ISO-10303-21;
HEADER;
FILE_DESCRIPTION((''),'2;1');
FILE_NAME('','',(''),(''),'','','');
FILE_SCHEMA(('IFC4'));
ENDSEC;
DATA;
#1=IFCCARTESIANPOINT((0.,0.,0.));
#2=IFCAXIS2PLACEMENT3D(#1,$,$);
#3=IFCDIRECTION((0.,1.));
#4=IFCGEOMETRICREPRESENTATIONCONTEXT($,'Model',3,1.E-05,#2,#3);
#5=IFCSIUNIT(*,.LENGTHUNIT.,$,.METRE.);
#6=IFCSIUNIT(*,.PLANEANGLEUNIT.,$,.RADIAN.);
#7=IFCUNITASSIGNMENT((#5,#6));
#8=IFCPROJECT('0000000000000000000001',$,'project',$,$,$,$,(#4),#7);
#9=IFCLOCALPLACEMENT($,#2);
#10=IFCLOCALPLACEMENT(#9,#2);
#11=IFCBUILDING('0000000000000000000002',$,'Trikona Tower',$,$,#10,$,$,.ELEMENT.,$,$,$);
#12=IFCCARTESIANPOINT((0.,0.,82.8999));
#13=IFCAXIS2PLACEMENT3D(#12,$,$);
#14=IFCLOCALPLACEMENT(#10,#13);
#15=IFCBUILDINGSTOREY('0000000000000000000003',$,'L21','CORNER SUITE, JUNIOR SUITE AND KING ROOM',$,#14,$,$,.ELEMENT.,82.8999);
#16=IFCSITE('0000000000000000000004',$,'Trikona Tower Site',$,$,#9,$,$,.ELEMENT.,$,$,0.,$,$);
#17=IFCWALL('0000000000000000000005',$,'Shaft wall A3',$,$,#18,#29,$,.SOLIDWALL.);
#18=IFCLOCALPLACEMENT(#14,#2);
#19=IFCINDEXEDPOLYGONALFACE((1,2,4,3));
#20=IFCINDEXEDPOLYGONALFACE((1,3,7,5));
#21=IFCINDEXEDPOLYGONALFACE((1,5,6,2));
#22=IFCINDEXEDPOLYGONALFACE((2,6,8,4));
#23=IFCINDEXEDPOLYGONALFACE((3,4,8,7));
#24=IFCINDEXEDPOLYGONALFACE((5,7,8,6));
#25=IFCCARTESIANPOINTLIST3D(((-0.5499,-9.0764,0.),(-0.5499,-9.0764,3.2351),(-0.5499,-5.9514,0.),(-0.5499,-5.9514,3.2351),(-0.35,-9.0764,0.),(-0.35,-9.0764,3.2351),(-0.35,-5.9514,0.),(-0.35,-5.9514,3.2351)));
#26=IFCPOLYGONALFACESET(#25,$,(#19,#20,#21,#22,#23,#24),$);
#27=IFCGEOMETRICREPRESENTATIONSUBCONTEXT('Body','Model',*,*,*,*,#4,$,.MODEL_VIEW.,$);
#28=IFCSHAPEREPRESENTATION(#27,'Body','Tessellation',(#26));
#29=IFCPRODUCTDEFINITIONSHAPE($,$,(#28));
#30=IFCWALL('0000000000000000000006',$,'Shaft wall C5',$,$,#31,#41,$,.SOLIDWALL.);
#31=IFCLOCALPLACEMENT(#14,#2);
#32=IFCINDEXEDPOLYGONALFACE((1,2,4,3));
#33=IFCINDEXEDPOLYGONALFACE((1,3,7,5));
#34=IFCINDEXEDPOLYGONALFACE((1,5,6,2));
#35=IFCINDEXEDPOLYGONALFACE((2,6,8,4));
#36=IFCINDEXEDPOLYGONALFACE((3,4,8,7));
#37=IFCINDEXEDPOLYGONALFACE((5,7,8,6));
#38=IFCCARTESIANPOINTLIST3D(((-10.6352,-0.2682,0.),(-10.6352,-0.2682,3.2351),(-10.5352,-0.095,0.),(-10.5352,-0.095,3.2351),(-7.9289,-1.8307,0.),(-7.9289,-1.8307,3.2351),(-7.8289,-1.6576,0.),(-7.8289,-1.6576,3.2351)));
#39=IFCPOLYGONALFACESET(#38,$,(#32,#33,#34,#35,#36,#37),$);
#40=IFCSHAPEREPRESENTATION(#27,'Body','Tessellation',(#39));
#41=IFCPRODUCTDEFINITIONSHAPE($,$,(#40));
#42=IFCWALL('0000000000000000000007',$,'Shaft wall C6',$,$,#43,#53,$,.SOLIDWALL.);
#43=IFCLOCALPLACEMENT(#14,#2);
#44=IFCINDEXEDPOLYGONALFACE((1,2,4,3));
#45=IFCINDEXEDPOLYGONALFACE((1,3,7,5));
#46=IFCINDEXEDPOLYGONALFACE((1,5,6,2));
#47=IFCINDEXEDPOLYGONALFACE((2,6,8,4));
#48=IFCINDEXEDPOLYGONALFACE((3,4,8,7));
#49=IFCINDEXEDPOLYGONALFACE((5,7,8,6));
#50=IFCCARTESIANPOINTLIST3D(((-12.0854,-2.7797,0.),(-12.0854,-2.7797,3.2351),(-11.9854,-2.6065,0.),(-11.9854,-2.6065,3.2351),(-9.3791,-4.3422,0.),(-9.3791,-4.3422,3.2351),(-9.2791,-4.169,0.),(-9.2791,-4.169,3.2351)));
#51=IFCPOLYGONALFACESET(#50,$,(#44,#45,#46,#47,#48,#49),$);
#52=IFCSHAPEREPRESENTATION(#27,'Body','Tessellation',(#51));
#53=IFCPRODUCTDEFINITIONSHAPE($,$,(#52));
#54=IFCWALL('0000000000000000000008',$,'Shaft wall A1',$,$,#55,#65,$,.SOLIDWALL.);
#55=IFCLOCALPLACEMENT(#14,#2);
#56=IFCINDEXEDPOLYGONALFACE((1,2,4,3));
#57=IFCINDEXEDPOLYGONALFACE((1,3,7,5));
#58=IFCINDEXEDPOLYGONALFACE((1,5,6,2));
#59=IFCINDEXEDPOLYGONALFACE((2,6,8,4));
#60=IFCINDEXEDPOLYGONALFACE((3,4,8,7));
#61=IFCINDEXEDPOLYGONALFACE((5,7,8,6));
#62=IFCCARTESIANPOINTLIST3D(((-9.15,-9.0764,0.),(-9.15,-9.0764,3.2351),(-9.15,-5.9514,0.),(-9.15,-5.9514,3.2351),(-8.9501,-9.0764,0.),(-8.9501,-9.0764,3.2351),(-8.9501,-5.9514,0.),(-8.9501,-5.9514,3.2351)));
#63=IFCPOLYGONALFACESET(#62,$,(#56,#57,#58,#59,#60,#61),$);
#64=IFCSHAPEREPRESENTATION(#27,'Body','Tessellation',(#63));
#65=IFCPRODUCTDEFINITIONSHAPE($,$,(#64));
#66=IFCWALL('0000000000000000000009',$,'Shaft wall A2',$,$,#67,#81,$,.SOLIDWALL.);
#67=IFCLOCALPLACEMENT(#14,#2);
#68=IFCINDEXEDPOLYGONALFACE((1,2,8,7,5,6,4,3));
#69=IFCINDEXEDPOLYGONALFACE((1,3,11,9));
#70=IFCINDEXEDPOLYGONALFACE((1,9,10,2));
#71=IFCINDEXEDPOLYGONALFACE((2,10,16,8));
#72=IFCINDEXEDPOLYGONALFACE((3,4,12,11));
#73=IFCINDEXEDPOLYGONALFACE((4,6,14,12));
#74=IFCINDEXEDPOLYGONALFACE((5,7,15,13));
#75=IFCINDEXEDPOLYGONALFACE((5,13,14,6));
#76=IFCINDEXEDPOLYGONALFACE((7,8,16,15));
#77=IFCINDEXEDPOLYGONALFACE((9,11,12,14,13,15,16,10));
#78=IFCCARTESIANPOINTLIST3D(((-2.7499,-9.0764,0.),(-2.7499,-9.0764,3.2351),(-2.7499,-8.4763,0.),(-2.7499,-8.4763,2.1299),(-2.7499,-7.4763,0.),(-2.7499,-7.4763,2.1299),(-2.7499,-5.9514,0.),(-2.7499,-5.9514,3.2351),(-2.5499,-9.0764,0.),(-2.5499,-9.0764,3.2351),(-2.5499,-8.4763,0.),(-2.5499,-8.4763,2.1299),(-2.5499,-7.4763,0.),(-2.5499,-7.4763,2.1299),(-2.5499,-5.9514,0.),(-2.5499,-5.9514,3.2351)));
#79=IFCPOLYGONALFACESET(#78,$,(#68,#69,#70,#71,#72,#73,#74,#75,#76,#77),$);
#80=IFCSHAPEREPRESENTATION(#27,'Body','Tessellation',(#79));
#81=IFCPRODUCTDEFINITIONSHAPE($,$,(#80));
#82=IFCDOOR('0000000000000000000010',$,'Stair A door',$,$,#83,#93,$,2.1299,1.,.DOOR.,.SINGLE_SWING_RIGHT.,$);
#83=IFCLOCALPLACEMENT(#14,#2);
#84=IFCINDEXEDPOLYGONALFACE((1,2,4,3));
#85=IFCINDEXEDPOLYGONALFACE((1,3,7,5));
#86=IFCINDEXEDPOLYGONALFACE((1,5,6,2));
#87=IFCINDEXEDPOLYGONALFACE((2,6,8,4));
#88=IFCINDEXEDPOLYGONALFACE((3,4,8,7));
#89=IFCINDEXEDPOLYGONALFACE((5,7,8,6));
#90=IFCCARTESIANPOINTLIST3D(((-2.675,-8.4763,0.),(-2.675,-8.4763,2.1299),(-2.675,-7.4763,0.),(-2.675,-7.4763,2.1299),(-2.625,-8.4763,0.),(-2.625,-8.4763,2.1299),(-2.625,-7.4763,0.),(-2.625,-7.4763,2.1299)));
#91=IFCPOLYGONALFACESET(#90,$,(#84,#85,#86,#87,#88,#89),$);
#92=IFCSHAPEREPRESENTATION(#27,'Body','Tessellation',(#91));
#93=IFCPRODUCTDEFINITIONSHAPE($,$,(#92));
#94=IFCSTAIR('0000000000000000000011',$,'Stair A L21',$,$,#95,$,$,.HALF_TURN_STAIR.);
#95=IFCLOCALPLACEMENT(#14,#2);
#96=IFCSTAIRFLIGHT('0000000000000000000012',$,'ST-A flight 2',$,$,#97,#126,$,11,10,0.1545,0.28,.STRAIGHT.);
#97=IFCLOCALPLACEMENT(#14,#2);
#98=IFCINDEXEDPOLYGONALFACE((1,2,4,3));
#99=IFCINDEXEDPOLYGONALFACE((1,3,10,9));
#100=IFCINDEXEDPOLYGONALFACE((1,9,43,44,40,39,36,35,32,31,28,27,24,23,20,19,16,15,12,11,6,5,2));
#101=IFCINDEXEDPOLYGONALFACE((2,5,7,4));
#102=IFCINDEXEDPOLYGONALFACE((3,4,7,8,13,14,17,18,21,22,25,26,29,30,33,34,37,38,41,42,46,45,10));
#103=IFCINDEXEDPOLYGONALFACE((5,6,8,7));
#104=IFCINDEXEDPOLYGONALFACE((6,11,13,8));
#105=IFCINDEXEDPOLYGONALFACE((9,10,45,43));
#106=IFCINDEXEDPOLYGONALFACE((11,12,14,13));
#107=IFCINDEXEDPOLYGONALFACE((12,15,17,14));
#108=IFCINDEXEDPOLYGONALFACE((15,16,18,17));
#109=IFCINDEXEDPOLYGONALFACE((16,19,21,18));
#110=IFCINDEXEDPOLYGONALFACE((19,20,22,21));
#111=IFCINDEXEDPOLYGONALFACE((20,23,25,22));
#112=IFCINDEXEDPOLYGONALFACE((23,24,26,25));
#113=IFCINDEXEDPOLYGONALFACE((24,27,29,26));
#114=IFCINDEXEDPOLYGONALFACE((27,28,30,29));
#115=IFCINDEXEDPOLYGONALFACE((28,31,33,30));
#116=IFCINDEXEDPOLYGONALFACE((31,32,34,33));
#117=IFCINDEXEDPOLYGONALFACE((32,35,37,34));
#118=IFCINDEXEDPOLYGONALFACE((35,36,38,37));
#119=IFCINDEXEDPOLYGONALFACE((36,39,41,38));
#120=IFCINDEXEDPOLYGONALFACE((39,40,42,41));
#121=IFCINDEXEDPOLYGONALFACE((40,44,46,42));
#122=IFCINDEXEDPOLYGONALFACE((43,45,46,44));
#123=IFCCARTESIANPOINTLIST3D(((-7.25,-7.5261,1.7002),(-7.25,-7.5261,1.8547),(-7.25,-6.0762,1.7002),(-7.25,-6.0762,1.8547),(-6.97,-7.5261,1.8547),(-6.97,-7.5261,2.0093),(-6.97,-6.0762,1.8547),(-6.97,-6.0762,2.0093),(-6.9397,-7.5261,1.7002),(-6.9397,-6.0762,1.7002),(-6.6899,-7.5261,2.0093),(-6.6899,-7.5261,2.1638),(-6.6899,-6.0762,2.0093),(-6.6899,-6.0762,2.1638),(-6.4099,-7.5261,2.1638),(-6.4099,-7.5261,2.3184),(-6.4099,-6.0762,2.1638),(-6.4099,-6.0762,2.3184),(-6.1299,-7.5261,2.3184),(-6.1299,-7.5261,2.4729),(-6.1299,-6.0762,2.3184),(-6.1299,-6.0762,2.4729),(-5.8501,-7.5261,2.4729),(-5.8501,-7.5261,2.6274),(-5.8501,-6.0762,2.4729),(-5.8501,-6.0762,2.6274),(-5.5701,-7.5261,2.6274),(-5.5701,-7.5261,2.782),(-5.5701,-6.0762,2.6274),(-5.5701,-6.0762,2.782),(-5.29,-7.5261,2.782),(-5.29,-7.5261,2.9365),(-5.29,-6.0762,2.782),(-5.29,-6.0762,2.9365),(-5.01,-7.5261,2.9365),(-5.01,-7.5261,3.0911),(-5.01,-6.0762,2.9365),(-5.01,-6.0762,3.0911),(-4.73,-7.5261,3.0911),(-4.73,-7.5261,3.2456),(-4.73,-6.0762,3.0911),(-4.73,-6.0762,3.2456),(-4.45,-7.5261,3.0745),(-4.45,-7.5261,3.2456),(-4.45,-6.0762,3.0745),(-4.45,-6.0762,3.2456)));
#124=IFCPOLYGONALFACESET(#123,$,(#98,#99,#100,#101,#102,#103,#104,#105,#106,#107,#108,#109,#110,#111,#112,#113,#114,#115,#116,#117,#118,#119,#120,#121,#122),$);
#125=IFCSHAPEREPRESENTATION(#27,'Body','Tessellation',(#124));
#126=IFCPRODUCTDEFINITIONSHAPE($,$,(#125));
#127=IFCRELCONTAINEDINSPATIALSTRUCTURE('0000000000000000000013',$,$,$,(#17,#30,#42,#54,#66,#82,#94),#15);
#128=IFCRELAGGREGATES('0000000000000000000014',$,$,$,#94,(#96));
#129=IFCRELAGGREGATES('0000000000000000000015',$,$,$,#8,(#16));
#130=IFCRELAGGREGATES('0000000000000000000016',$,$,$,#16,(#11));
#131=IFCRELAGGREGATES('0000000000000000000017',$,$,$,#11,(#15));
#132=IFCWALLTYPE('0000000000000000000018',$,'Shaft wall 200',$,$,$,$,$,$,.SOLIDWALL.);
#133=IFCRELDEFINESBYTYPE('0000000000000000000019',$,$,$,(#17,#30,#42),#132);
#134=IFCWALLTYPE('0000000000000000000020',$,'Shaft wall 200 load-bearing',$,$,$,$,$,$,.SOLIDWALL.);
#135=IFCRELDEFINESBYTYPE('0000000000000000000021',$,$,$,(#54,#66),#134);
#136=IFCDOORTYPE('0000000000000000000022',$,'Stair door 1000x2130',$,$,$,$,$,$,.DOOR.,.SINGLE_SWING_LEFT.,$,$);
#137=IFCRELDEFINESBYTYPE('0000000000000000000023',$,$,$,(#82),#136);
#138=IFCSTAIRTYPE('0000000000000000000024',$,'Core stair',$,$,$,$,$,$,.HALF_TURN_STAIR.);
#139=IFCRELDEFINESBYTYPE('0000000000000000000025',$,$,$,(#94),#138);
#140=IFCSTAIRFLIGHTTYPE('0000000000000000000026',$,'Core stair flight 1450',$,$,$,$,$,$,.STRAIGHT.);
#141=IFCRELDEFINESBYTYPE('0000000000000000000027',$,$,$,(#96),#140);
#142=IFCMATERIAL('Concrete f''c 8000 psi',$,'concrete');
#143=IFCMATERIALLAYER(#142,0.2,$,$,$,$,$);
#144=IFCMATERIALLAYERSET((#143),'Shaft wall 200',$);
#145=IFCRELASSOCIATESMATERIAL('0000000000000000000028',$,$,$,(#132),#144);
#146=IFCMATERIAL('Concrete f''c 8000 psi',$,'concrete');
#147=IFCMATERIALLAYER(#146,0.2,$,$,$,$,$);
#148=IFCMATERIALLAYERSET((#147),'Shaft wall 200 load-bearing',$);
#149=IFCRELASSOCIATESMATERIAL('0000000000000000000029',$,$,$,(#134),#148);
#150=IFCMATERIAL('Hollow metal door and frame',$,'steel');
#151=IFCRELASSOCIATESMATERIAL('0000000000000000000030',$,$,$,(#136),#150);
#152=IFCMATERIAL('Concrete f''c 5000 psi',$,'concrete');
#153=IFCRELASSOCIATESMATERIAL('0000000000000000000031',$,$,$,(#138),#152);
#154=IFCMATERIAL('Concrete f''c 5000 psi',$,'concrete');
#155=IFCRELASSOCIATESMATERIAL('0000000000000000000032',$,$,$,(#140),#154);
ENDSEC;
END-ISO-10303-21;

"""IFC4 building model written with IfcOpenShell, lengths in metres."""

from ifc_helpers import new_model, si_unit, direction, frame, frame_2d, origin, place, context, subcontext, project, spatial, polyline, rectangle, outline, extrude, material, layer, layer_set, type_object, element, fill, aggregate, save


model = new_model("IFC4")

# Units and contexts
model_context = context("Model", 3, precision=1e-05, world=origin(), true_north=direction((0.0, 1.0)))
body_context = subcontext(model_context, "Body", "Model", "MODEL_VIEW")
ifc_project = project(units=[si_unit("LENGTHUNIT", "METRE"), si_unit("PLANEANGLEUNIT", "RADIAN")], contexts=[model_context])

# Site, building, storey
site_placement = place(None, origin())
site = spatial("IfcSite", under=ifc_project, at=site_placement, Name="Trikona Tower Site", CompositionType="ELEMENT", RefElevation=0.0)
building_placement = place(site_placement, origin())
building = spatial("IfcBuilding", under=site, at=building_placement, Name="Trikona Tower", CompositionType="ELEMENT")
storey_placement = place(building_placement, frame((0.0, 0.0, 82.8999)))
storey = spatial("IfcBuildingStorey", under=building, at=storey_placement, Name="L21", Description="CORNER SUITE, JUNIOR SUITE AND KING ROOM", CompositionType="ELEMENT", Elevation=82.8999)

# Walls
ifc_material_1 = material(Name="Concrete f'c 8000 psi", Category="concrete")
ifc_layer_1 = layer(ifc_material_1, 0.2)
ifc_layer_set_1 = layer_set([ifc_layer_1], Name="Shaft wall 200")
wall_type_1 = type_object("IfcWallType", Name="Shaft wall 200", PredefinedType="SOLIDWALL", material=ifc_layer_set_1)
for number, where, z_axis, x_axis, name in (
    (1, (-0.45, -5.9514, 0.0), (0.0, 0.0, 1.0), (0.0, -1.0, 0.0), "Shaft wall A3"),
    (2, (-7.8789, -1.7441, 0.0), (0.0, 0.0, 1.0), (-0.866023, 0.500004, 0.0), "Shaft wall C5"),
    (3, (-9.3291, -4.2556, 0.0), (0.0, 0.0, 1.0), (-0.866023, 0.500004, 0.0), "Shaft wall C6"),
):
    element("IfcWall", number, at=place(storey_placement, frame(where, z_axis=z_axis, x_axis=x_axis)), inside=storey, type_object=wall_type_1, Name=name, PredefinedType="SOLIDWALL", context=body_context, shape_type="SweptSolid", body=[
        extrude(rectangle(XDim=3.125, YDim=0.2, at=frame_2d((1.5625, 0.0))), origin(), (0.0, 0.0, 1.0), 3.2351),
    ])
ifc_material_2 = material(Name="Concrete f'c 8000 psi", Category="concrete")
ifc_layer_2 = layer(ifc_material_2, 0.2)
ifc_layer_set_2 = layer_set([ifc_layer_2], Name="Shaft wall 200 load-bearing")
wall_type_2 = type_object("IfcWallType", Name="Shaft wall 200 load-bearing", PredefinedType="SOLIDWALL", material=ifc_layer_set_2)
wall_1_placement = place(storey_placement, frame((-9.05, -5.9514, 0.0), z_axis=(0.0, 0.0, 1.0), x_axis=(0.0, -1.0, 0.0)))
element("IfcWall", 4, at=wall_1_placement, inside=storey, type_object=wall_type_2, Name="Shaft wall A1", PredefinedType="SOLIDWALL", context=body_context, shape_type="SweptSolid", body=[
    extrude(rectangle(XDim=3.125, YDim=0.2, at=frame_2d((1.5625, 0.0))), origin(), (0.0, 0.0, 1.0), 3.2351),
])

# Wall, opening, door
wall_2_placement = place(storey_placement, frame((-2.6499, -5.9514, 0.0), z_axis=(0.0, 0.0, 1.0), x_axis=(0.0, -1.0, 0.0)))
wall_2 = element("IfcWall", 5, at=wall_2_placement, inside=storey, type_object=wall_type_2, Name="Shaft wall A2", PredefinedType="SOLIDWALL", context=body_context, shape_type="SweptSolid", body=[
    extrude(rectangle(XDim=3.125, YDim=0.2, at=frame_2d((1.5625, 0.0))), origin(), (0.0, 0.0, 1.0), 3.2351),
])
opening_1_placement = place(wall_2_placement, frame((1.5249, 0.0, 0.0)))
opening_1 = element("IfcOpeningElement", 6, at=opening_1_placement, cuts=wall_2, PredefinedType="OPENING", context=body_context, shape_type="SweptSolid", body=[
    extrude(rectangle(XDim=1.0, YDim=2.1299, at=frame_2d((0.5, 1.0649))), frame((0.0, 0.1099, 0.0), z_axis=(0.0, -1.0, 0.0), x_axis=(1.0, 0.0, 0.0)), (0.0, 0.0, 1.0), 0.22),
])
ifc_material_3 = material(Name="Hollow metal door and frame", Category="steel")
door_type_1 = type_object("IfcDoorType", Name="Stair door 1000x2130", OperationType="SINGLE_SWING_LEFT", PredefinedType="DOOR", material=ifc_material_3)
door_1_placement = place(opening_1_placement, origin())
door_1 = element("IfcDoor", 7, at=door_1_placement, inside=storey, type_object=door_type_1, Name="Stair A door", OperationType="SINGLE_SWING_RIGHT", OverallHeight=2.1299, OverallWidth=1.0, PredefinedType="DOOR", context=body_context, shape_type="SweptSolid", body=[
    extrude(rectangle(XDim=1.0, YDim=2.1299, at=frame_2d((0.5, 1.0649))), frame((0.0, 0.0249, 0.0), z_axis=(0.0, -1.0, 0.0), x_axis=(1.0, 0.0, 0.0)), (0.0, 0.0, 1.0), 0.05),
])
fill(opening_1, door_1)

# Stair, stair flight
ifc_material_4 = material(Name="Concrete f'c 5000 psi", Category="concrete")
stair_type = type_object("IfcStairType", Name="Core stair", PredefinedType="HALF_TURN_STAIR", material=ifc_material_4)
stair_placement = place(storey_placement, origin())
stair = element("IfcStair", 8, at=stair_placement, inside=storey, type_object=stair_type, Name="Stair A L21", PredefinedType="HALF_TURN_STAIR")
ifc_material_5 = material(Name="Concrete f'c 5000 psi", Category="concrete")
stair_flight_type = type_object("IfcStairFlightType", Name="Core stair flight 1450", PredefinedType="STRAIGHT", material=ifc_material_5)
stair_flight_placement = place(storey_placement, frame((-7.25, -6.8013, 1.7002), z_axis=(0.0, 0.0, 1.0), x_axis=(1.0, 0.0, 0.0)))
stair_flight = element("IfcStairFlight", 9, at=stair_flight_placement, type_object=stair_flight_type, Name="ST-A flight 2", NumberOfRisers=11, NumberOfTreads=10, PredefinedType="STRAIGHT", RiserHeight=0.1545, TreadLength=0.28, context=body_context, shape_type="SweptSolid", body=[
    extrude(outline(polyline([(0.0, 0.0), (0.0, 0.1545), (0.28, 0.1545), (0.28, 0.3091), (0.5601, 0.3091), (0.5601, 0.4636), (0.8401, 0.4636), (0.8401, 0.6182), (1.1201, 0.6182), (1.1201, 0.7727), (1.3999, 0.7727), (1.3999, 0.9272), (1.6799, 0.9272), (1.6799, 1.0818), (1.96, 1.0818), (1.96, 1.2363), (2.24, 1.2363), (2.24, 1.3909), (2.52, 1.3909), (2.52, 1.5454), (2.8, 1.5454), (2.8, 1.7), (2.8, 1.3743), (0.3103, 0.0), (0.0, 0.0)])), frame((0.0, 0.7251, 0.0), z_axis=(0.0, -1.0, 0.0), x_axis=(1.0, 0.0, 0.0)), (0.0, 0.0, 1.0), 1.45),
])
aggregate(stair, [stair_flight])

save(model, "model.ifc")
